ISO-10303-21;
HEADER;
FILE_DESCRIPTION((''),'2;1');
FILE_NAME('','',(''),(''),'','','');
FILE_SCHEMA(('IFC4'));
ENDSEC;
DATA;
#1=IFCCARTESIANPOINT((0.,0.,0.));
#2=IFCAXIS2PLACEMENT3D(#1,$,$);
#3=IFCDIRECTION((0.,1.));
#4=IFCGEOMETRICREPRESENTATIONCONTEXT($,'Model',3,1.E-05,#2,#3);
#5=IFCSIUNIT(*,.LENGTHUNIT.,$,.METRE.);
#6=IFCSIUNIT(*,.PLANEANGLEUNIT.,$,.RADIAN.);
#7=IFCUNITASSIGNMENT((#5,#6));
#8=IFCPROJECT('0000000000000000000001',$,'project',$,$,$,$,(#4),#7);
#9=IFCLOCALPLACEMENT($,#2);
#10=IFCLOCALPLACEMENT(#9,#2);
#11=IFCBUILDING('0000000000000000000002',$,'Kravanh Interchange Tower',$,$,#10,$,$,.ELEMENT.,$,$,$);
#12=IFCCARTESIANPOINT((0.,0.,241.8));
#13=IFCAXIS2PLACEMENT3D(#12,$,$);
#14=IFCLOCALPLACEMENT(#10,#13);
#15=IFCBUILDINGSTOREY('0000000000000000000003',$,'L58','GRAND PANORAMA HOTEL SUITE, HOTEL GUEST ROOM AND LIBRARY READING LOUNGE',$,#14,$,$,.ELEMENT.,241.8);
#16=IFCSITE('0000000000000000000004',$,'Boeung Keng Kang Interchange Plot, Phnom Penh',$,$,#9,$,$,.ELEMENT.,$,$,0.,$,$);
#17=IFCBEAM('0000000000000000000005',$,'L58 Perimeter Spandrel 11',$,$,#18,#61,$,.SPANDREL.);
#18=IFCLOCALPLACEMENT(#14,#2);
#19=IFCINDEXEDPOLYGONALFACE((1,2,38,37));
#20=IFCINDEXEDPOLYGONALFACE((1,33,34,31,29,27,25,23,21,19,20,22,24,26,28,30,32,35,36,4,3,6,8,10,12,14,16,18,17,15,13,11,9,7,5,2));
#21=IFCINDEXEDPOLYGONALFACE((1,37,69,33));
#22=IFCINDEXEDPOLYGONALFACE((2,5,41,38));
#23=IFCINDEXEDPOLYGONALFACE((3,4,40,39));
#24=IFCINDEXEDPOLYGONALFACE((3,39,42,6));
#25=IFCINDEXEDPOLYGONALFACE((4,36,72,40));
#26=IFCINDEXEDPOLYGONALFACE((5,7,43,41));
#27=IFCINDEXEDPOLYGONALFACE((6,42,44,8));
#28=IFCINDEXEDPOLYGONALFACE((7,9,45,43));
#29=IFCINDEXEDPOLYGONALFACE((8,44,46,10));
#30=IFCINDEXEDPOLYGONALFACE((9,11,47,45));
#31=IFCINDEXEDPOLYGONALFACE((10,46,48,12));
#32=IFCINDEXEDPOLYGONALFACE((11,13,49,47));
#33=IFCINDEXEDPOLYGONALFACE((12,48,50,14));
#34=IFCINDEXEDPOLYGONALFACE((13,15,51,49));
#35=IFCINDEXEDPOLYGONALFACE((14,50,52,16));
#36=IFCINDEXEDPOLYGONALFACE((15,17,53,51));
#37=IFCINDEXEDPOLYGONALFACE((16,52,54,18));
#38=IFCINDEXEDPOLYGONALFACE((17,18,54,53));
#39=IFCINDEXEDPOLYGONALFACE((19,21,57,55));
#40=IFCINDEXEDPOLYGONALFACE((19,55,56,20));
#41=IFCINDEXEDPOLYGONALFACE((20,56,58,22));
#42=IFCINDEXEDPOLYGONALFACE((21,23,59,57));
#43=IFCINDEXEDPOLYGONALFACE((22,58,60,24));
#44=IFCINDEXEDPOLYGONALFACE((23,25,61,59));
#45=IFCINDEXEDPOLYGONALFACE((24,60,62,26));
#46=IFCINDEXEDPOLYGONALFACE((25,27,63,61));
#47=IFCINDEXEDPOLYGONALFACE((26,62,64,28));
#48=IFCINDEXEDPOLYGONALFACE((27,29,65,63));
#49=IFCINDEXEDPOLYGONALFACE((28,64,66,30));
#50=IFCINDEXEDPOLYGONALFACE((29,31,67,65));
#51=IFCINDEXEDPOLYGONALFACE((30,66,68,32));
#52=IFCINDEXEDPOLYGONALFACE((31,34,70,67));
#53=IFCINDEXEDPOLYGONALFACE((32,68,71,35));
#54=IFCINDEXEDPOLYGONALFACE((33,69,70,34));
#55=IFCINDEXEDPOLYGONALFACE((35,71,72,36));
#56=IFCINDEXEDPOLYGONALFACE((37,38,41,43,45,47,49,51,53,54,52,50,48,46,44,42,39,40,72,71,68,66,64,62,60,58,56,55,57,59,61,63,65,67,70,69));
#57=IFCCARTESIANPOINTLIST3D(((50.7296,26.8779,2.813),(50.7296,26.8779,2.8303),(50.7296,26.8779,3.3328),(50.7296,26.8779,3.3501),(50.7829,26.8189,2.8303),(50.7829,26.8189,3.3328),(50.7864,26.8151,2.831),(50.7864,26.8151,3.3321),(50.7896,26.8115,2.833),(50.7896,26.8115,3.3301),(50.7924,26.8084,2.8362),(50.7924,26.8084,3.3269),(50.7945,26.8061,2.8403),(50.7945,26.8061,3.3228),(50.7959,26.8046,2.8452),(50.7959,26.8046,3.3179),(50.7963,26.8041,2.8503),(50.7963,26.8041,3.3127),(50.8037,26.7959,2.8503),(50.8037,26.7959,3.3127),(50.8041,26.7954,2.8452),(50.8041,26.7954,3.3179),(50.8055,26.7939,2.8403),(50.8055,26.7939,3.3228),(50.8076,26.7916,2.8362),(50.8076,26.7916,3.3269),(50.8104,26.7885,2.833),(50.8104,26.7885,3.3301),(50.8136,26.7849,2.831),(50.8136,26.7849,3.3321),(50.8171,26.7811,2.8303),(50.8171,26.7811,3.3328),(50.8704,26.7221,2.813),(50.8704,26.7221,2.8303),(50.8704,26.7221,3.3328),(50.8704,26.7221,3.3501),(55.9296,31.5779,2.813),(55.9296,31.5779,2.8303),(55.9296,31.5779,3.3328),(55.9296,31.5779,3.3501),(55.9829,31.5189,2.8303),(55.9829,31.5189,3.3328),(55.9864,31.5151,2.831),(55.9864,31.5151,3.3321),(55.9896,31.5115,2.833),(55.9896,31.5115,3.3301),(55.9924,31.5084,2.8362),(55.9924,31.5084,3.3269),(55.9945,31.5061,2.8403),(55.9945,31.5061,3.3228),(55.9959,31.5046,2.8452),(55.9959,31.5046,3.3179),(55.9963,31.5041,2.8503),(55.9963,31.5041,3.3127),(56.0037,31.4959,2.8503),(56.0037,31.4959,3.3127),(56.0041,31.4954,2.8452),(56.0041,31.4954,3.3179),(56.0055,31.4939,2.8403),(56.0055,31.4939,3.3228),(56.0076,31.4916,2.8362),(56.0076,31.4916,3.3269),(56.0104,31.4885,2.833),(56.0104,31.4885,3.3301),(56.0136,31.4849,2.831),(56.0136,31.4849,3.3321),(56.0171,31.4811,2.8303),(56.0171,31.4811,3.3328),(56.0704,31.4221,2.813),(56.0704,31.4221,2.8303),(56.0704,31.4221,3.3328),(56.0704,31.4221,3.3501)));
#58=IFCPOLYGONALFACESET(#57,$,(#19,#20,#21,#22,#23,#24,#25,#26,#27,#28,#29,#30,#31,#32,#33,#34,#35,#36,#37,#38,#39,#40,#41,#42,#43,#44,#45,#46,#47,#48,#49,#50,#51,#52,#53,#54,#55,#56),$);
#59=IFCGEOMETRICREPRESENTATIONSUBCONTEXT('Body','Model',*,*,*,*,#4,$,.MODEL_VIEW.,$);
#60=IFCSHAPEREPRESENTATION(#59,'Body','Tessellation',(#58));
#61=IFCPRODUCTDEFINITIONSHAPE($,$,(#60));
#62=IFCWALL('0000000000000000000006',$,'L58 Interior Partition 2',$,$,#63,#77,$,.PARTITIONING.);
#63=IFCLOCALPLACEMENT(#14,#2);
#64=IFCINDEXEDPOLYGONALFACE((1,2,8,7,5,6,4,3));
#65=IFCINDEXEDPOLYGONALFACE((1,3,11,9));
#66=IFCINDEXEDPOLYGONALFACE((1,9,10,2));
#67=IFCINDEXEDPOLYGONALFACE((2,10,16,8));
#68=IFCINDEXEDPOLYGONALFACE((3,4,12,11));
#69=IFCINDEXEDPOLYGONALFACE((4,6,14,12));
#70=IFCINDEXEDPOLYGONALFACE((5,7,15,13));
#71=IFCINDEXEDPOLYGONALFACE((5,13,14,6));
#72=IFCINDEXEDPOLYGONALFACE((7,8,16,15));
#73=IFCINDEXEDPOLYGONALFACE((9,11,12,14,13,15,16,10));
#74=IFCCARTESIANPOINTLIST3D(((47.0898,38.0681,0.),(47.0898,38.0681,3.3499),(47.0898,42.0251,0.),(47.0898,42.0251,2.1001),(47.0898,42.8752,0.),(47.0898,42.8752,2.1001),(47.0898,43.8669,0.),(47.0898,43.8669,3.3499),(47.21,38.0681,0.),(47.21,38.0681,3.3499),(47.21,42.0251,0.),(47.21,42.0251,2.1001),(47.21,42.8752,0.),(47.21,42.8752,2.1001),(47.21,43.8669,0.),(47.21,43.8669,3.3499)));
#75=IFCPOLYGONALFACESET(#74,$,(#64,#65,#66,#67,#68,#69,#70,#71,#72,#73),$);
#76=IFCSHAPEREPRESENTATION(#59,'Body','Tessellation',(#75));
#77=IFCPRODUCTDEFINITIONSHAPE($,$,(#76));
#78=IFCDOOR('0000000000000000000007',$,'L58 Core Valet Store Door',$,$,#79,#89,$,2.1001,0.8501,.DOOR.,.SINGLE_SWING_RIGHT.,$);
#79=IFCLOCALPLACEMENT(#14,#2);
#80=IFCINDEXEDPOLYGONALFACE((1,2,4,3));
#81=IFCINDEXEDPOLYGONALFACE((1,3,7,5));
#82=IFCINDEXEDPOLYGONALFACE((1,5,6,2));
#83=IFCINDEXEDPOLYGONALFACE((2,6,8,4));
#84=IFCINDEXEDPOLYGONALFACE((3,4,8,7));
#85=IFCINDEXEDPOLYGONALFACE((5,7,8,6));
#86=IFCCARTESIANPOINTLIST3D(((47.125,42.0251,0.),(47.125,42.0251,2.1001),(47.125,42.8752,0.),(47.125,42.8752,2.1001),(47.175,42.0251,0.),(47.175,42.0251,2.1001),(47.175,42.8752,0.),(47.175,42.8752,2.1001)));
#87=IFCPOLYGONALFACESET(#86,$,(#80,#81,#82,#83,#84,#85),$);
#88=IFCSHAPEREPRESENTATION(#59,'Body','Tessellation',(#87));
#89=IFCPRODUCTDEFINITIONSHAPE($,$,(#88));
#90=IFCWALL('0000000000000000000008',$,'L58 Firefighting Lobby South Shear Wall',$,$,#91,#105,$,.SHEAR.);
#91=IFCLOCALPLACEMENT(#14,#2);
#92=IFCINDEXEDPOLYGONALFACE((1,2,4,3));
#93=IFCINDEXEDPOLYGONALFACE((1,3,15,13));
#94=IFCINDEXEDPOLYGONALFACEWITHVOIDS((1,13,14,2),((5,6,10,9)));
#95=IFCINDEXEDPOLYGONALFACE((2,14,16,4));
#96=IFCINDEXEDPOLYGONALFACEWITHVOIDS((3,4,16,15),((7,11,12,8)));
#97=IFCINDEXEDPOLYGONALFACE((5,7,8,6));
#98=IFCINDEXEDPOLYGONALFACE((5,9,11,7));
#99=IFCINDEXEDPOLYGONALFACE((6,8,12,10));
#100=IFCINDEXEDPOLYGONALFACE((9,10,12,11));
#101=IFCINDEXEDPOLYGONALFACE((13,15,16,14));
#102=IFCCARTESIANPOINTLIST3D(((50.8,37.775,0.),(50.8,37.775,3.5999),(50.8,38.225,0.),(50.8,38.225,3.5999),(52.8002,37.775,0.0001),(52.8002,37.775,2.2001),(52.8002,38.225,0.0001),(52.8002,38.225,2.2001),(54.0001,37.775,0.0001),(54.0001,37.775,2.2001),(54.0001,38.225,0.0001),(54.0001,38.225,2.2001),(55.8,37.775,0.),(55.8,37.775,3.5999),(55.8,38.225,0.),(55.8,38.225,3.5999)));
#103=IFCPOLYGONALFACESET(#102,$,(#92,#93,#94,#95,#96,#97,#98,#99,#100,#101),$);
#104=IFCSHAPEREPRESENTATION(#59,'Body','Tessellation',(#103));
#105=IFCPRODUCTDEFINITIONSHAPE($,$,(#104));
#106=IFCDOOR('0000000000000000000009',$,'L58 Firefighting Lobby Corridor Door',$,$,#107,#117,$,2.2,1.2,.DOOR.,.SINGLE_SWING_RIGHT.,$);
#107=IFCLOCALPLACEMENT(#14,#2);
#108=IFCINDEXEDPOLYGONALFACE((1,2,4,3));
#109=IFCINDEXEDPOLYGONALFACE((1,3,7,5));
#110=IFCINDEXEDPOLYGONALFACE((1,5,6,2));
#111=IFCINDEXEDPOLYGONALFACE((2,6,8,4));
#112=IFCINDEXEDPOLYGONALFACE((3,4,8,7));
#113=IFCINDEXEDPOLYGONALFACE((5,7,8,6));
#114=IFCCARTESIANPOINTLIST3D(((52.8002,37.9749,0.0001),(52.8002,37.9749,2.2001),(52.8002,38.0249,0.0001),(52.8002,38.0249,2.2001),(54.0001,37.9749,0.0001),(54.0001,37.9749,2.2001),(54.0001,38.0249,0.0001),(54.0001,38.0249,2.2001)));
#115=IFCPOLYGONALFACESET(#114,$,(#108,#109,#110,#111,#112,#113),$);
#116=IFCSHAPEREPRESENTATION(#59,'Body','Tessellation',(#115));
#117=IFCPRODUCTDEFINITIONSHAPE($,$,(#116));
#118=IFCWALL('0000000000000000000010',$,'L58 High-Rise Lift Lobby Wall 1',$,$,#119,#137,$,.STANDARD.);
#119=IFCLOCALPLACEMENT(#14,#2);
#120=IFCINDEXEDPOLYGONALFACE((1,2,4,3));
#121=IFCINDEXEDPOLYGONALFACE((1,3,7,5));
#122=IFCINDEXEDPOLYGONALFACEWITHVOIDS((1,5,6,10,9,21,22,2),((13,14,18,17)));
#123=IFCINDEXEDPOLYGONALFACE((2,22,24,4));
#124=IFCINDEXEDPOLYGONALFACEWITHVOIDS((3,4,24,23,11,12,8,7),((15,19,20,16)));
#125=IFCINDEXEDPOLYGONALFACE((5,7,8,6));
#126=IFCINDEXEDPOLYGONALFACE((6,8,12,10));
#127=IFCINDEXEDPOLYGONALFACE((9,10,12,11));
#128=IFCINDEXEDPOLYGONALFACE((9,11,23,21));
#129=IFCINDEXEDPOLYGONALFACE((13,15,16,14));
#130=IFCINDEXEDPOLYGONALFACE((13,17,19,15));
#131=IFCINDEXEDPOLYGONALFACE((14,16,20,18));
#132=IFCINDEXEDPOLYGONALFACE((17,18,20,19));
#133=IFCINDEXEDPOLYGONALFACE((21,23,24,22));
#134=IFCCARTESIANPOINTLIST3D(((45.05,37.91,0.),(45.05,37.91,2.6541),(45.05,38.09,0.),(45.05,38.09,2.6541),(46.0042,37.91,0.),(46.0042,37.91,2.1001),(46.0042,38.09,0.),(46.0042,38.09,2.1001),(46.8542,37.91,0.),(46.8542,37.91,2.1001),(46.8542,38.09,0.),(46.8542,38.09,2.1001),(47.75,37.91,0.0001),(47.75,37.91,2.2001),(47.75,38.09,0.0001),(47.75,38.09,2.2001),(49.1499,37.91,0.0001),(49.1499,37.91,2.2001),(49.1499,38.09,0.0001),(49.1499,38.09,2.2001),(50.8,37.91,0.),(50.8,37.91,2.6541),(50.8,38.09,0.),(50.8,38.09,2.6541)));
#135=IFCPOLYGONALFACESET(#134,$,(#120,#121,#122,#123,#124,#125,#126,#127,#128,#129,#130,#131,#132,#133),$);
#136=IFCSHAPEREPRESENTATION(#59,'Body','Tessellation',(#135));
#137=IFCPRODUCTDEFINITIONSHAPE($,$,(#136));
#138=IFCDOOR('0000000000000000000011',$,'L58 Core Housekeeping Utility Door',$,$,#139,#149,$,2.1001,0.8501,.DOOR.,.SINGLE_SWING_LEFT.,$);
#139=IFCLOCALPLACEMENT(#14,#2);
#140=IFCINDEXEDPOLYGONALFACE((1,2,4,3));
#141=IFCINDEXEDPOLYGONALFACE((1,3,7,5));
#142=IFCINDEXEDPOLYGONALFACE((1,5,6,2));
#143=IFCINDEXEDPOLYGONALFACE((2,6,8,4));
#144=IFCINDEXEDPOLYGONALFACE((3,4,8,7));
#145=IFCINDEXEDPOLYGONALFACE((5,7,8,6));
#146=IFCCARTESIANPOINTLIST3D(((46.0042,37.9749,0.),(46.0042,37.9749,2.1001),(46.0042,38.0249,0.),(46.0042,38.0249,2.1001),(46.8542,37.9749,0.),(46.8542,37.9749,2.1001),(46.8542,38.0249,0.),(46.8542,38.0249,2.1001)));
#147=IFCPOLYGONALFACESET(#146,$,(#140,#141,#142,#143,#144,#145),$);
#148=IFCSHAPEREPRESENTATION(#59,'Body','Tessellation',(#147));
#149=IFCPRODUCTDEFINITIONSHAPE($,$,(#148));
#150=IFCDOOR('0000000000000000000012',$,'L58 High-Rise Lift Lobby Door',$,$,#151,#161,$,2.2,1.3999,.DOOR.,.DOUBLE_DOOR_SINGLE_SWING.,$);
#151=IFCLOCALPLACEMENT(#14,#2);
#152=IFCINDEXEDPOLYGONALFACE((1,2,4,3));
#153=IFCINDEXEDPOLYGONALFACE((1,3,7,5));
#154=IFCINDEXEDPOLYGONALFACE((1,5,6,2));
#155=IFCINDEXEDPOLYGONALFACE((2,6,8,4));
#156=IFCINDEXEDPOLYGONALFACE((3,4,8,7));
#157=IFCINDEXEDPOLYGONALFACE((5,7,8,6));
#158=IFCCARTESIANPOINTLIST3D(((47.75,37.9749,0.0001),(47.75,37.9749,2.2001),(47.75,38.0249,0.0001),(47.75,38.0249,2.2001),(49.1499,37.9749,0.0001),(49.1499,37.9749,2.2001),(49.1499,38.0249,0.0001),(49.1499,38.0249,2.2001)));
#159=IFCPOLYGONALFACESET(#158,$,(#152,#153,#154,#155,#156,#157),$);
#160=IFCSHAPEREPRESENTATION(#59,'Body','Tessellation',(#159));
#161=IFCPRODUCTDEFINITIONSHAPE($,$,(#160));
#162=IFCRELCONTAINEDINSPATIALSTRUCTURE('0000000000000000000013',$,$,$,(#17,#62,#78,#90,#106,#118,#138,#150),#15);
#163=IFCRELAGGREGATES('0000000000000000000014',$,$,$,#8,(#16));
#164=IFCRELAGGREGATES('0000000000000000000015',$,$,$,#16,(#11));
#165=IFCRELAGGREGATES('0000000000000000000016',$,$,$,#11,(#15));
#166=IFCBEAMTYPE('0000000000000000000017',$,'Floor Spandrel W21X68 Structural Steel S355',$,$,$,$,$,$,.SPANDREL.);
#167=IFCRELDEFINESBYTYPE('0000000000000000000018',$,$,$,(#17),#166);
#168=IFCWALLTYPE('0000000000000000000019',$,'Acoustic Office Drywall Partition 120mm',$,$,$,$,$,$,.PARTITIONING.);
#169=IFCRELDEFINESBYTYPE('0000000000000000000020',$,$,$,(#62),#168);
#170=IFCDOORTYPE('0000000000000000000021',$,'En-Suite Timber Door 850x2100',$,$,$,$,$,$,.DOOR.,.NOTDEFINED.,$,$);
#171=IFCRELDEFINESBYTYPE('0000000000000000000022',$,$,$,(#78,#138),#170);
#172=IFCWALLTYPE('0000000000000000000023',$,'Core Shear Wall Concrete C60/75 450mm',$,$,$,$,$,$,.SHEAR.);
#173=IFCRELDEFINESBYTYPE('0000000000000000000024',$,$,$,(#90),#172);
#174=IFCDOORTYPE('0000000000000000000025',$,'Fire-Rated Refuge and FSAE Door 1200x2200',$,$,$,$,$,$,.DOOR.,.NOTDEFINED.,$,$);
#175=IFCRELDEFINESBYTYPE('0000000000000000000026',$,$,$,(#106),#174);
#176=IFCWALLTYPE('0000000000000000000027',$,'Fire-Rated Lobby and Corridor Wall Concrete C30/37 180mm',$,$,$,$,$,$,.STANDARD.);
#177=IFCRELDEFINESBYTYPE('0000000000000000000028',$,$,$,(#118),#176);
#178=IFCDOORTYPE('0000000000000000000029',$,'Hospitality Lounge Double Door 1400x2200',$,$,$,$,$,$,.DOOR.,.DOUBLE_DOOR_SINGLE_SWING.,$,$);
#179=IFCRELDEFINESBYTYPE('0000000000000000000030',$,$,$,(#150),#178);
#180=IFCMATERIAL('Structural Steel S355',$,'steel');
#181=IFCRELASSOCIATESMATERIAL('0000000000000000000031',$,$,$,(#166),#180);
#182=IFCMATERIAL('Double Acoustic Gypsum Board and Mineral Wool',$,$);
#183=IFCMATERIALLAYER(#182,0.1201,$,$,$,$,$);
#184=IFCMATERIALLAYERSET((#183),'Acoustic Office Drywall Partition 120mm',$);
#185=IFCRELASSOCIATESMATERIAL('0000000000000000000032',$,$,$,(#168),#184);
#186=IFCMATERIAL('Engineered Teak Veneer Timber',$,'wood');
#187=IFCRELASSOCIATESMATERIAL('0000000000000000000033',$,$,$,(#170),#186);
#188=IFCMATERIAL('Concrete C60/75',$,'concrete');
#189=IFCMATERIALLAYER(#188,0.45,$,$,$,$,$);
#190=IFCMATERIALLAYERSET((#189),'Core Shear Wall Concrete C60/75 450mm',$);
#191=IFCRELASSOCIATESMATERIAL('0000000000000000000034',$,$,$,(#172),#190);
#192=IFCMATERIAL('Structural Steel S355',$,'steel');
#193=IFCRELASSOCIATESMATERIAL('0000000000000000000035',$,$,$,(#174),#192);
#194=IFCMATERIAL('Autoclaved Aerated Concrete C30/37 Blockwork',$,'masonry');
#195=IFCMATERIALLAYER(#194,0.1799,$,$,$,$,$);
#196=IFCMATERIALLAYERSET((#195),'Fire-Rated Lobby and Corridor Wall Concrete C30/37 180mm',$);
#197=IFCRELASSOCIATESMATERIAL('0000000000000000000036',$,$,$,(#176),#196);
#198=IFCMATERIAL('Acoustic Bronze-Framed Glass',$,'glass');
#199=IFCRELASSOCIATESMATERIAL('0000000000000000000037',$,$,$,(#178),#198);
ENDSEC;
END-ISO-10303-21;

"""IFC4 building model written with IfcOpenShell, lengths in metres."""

from ifc_helpers import new_model, si_unit, direction, frame, frame_2d, origin, origin_2d, place, context, subcontext, project, spatial, rectangle, i_section, extrude, material, layer, layer_set, material_profile, profile_set, type_object, element, fill, save


model = new_model("IFC4")

# Units and contexts
model_context = context("Model", 3, precision=1e-05, world=origin(), true_north=direction((0.0, 1.0)))
body_context = subcontext(model_context, "Body", "Model", "MODEL_VIEW")
ifc_project = project(units=[si_unit("LENGTHUNIT", "METRE"), si_unit("PLANEANGLEUNIT", "RADIAN")], contexts=[model_context])

# Site, building, storey
site_placement = place(None, origin())
site = spatial("IfcSite", under=ifc_project, at=site_placement, Name="Boeung Keng Kang Interchange Plot, Phnom Penh", CompositionType="ELEMENT", RefElevation=0.0)
building_placement = place(site_placement, origin())
building = spatial("IfcBuilding", under=site, at=building_placement, Name="Kravanh Interchange Tower", CompositionType="ELEMENT")
storey_placement = place(building_placement, frame((0.0, 0.0, 241.8)))
storey = spatial("IfcBuildingStorey", under=building, at=storey_placement, Name="L58", Description="GRAND PANORAMA HOTEL SUITE, HOTEL GUEST ROOM AND LIBRARY READING LOUNGE", CompositionType="ELEMENT", Elevation=241.8)

# Beam
ifc_material_1 = material(Name="Structural Steel S355", Category="steel")
ifc_material_profile_1 = material_profile(ifc_material_1, i_section(OverallWidth=0.21, OverallDepth=0.5371, WebThickness=0.011, FlangeThickness=0.0173, FilletRadius=0.02, at=origin_2d()), Name="W21X68")
ifc_profile_set_1 = profile_set([ifc_material_profile_1], Name="Structural Steel S355")
beam_type_1 = type_object("IfcBeamType", Name="Floor Spandrel W21X68 Structural Steel S355", PredefinedType="SPANDREL", material=ifc_profile_set_1)
for number, where, z_axis, x_axis, name in (
    (1, (56.0, 31.5, 3.0815), (-0.741874, -0.670539, 0.0), (0.670539, -0.741874, 0.0), "L58 Perimeter Spandrel 11"),
):
    element("IfcBeam", number, at=place(storey_placement, frame(where, z_axis=z_axis, x_axis=x_axis)), inside=storey, type_object=beam_type_1, Name=name, PredefinedType="SPANDREL", context=body_context, shape_type="SweptSolid", body=[
        extrude(i_section(OverallWidth=0.21, OverallDepth=0.5371, WebThickness=0.011, FlangeThickness=0.0173, FilletRadius=0.02, at=origin_2d()), origin(), (0.0, 0.0, 1.0), 7.0093),
    ])

# Wall, opening, door
ifc_material_2 = material(Name="Double Acoustic Gypsum Board and Mineral Wool")
ifc_layer_1 = layer(ifc_material_2, 0.1201)
ifc_layer_set_1 = layer_set([ifc_layer_1], Name="Acoustic Office Drywall Partition 120mm")
wall_type_1 = type_object("IfcWallType", Name="Acoustic Office Drywall Partition 120mm", PredefinedType="PARTITIONING", material=ifc_layer_set_1)
wall_1_placement = place(storey_placement, frame((47.1499, 38.0681, 0.0), z_axis=(0.0, 0.0, 1.0), x_axis=(0.0, 1.0, 0.0)))
wall_1 = element("IfcWall", 2, at=wall_1_placement, inside=storey, type_object=wall_type_1, Name="L58 Interior Partition 2", PredefinedType="PARTITIONING", context=body_context, shape_type="SweptSolid", body=[
    extrude(rectangle(XDim=5.7988, YDim=0.1201, at=frame_2d((2.8994, 0.0))), origin(), (0.0, 0.0, 1.0), 3.3499),
])
opening_1_placement = place(wall_1_placement, frame((3.957, 0.0, 0.0)))
opening_1 = element("IfcOpeningElement", 3, at=opening_1_placement, cuts=wall_1, PredefinedType="OPENING", context=body_context, shape_type="SweptSolid", body=[
    extrude(rectangle(XDim=0.8501, YDim=2.1001, at=frame_2d((0.425, 1.05))), frame((0.0, 0.0701, 0.0), z_axis=(0.0, -1.0, 0.0), x_axis=(1.0, 0.0, 0.0)), (0.0, 0.0, 1.0), 0.1401),
])
ifc_material_3 = material(Name="Engineered Teak Veneer Timber", Category="wood")
door_type_1 = type_object("IfcDoorType", Name="En-Suite Timber Door 850x2100", OperationType="NOTDEFINED", PredefinedType="DOOR", material=ifc_material_3)
door_1_placement = place(opening_1_placement, origin())
door_1 = element("IfcDoor", 4, at=door_1_placement, inside=storey, type_object=door_type_1, Name="L58 Core Valet Store Door", OperationType="SINGLE_SWING_RIGHT", OverallHeight=2.1001, OverallWidth=0.8501, PredefinedType="DOOR", context=body_context, shape_type="SweptSolid", body=[
    extrude(rectangle(XDim=0.8501, YDim=2.1001, at=frame_2d((0.425, 1.05))), frame((0.0, 0.0249, 0.0), z_axis=(0.0, -1.0, 0.0), x_axis=(1.0, 0.0, 0.0)), (0.0, 0.0, 1.0), 0.05),
])
fill(opening_1, door_1)

# Shared definitions
ifc_material_4 = material(Name="Concrete C60/75", Category="concrete")
ifc_layer_2 = layer(ifc_material_4, 0.45)
ifc_layer_set_2 = layer_set([ifc_layer_2], Name="Core Shear Wall Concrete C60/75 450mm")
wall_type_2 = type_object("IfcWallType", Name="Core Shear Wall Concrete C60/75 450mm", PredefinedType="SHEAR", material=ifc_layer_set_2)

# Wall, opening, door
wall_2_placement = place(storey_placement, frame((50.8, 38.0, 0.0), z_axis=(0.0, 0.0, 1.0), x_axis=(1.0, 0.0, 0.0)))
wall_2 = element("IfcWall", 5, at=wall_2_placement, inside=storey, type_object=wall_type_2, Name="L58 Firefighting Lobby South Shear Wall", PredefinedType="SHEAR", context=body_context, shape_type="SweptSolid", body=[
    extrude(rectangle(XDim=5.0, YDim=0.45, at=frame_2d((2.5, 0.0))), origin(), (0.0, 0.0, 1.0), 3.5999),
])
opening_2_placement = place(wall_2_placement, frame((2.0, 0.0, 0.0)))
opening_2 = element("IfcOpeningElement", 6, at=opening_2_placement, cuts=wall_2, PredefinedType="OPENING", context=body_context, shape_type="SweptSolid", body=[
    extrude(rectangle(XDim=1.2, YDim=2.2, at=frame_2d((0.6001, 1.1001))), frame((0.0, 0.2349, 0.0), z_axis=(0.0, -1.0, 0.0), x_axis=(1.0, 0.0, 0.0)), (0.0, 0.0, 1.0), 0.47),
])
ifc_material_5 = material(Name="Structural Steel S355", Category="steel")
door_type_2 = type_object("IfcDoorType", Name="Fire-Rated Refuge and FSAE Door 1200x2200", OperationType="NOTDEFINED", PredefinedType="DOOR", material=ifc_material_5)
door_2_placement = place(opening_2_placement, origin())
door_2 = element("IfcDoor", 7, at=door_2_placement, inside=storey, type_object=door_type_2, Name="L58 Firefighting Lobby Corridor Door", OperationType="SINGLE_SWING_RIGHT", OverallHeight=2.2, OverallWidth=1.2, PredefinedType="DOOR", context=body_context, shape_type="SweptSolid", body=[
    extrude(rectangle(XDim=1.2, YDim=2.2, at=frame_2d((0.6001, 1.1001))), frame((0.0, 0.0249, 0.0), z_axis=(0.0, -1.0, 0.0), x_axis=(1.0, 0.0, 0.0)), (0.0, 0.0, 1.0), 0.05),
])
fill(opening_2, door_2)

# Wall, openings, doors
ifc_material_6 = material(Name="Autoclaved Aerated Concrete C30/37 Blockwork", Category="masonry")
ifc_layer_3 = layer(ifc_material_6, 0.1799)
ifc_layer_set_3 = layer_set([ifc_layer_3], Name="Fire-Rated Lobby and Corridor Wall Concrete C30/37 180mm")
wall_type_3 = type_object("IfcWallType", Name="Fire-Rated Lobby and Corridor Wall Concrete C30/37 180mm", PredefinedType="STANDARD", material=ifc_layer_set_3)
wall_3_placement = place(storey_placement, frame((45.05, 38.0, 0.0), z_axis=(0.0, 0.0, 1.0), x_axis=(1.0, 0.0, 0.0)))
wall_3 = element("IfcWall", 8, at=wall_3_placement, inside=storey, type_object=wall_type_3, Name="L58 High-Rise Lift Lobby Wall 1", PredefinedType="STANDARD", context=body_context, shape_type="SweptSolid", body=[
    extrude(rectangle(XDim=5.75, YDim=0.1799, at=frame_2d((2.875, 0.0))), origin(), (0.0, 0.0, 1.0), 2.6541),
])
opening_3_placement = place(wall_3_placement, frame((0.9541, 0.0, 0.0)))
opening_3 = element("IfcOpeningElement", 9, at=opening_3_placement, cuts=wall_3, PredefinedType="OPENING", context=body_context, shape_type="SweptSolid", body=[
    extrude(rectangle(XDim=0.8501, YDim=2.1001, at=frame_2d((0.425, 1.05))), frame((0.0, 0.1001, 0.0), z_axis=(0.0, -1.0, 0.0), x_axis=(1.0, 0.0, 0.0)), (0.0, 0.0, 1.0), 0.2),
])
opening_4_placement = place(wall_3_placement, frame((2.7, 0.0, 0.0)))
opening_4 = element("IfcOpeningElement", 10, at=opening_4_placement, cuts=wall_3, PredefinedType="OPENING", context=body_context, shape_type="SweptSolid", body=[
    extrude(rectangle(XDim=1.3999, YDim=2.2, at=frame_2d((0.7, 1.1001))), frame((0.0, 0.1001, 0.0), z_axis=(0.0, -1.0, 0.0), x_axis=(1.0, 0.0, 0.0)), (0.0, 0.0, 1.0), 0.2),
])
door_3_placement = place(opening_3_placement, origin())
door_3 = element("IfcDoor", 11, at=door_3_placement, inside=storey, type_object=door_type_1, Name="L58 Core Housekeeping Utility Door", OperationType="SINGLE_SWING_LEFT", OverallHeight=2.1001, OverallWidth=0.8501, PredefinedType="DOOR", context=body_context, shape_type="SweptSolid", body=[
    extrude(rectangle(XDim=0.8501, YDim=2.1001, at=frame_2d((0.425, 1.05))), frame((0.0, 0.0249, 0.0), z_axis=(0.0, -1.0, 0.0), x_axis=(1.0, 0.0, 0.0)), (0.0, 0.0, 1.0), 0.05),
])
fill(opening_3, door_3)
ifc_material_7 = material(Name="Acoustic Bronze-Framed Glass", Category="glass")
door_type_3 = type_object("IfcDoorType", Name="Hospitality Lounge Double Door 1400x2200", OperationType="DOUBLE_DOOR_SINGLE_SWING", PredefinedType="DOOR", material=ifc_material_7)
door_4_placement = place(opening_4_placement, origin())
door_4 = element("IfcDoor", 12, at=door_4_placement, inside=storey, type_object=door_type_3, Name="L58 High-Rise Lift Lobby Door", OperationType="DOUBLE_DOOR_SINGLE_SWING", OverallHeight=2.2, OverallWidth=1.3999, PredefinedType="DOOR", context=body_context, shape_type="SweptSolid", body=[
    extrude(rectangle(XDim=1.3999, YDim=2.2, at=frame_2d((0.7, 1.1001))), frame((0.0, 0.0249, 0.0), z_axis=(0.0, -1.0, 0.0), x_axis=(1.0, 0.0, 0.0)), (0.0, 0.0, 1.0), 0.05),
])
fill(opening_4, door_4)

save(model, "model.ifc")
